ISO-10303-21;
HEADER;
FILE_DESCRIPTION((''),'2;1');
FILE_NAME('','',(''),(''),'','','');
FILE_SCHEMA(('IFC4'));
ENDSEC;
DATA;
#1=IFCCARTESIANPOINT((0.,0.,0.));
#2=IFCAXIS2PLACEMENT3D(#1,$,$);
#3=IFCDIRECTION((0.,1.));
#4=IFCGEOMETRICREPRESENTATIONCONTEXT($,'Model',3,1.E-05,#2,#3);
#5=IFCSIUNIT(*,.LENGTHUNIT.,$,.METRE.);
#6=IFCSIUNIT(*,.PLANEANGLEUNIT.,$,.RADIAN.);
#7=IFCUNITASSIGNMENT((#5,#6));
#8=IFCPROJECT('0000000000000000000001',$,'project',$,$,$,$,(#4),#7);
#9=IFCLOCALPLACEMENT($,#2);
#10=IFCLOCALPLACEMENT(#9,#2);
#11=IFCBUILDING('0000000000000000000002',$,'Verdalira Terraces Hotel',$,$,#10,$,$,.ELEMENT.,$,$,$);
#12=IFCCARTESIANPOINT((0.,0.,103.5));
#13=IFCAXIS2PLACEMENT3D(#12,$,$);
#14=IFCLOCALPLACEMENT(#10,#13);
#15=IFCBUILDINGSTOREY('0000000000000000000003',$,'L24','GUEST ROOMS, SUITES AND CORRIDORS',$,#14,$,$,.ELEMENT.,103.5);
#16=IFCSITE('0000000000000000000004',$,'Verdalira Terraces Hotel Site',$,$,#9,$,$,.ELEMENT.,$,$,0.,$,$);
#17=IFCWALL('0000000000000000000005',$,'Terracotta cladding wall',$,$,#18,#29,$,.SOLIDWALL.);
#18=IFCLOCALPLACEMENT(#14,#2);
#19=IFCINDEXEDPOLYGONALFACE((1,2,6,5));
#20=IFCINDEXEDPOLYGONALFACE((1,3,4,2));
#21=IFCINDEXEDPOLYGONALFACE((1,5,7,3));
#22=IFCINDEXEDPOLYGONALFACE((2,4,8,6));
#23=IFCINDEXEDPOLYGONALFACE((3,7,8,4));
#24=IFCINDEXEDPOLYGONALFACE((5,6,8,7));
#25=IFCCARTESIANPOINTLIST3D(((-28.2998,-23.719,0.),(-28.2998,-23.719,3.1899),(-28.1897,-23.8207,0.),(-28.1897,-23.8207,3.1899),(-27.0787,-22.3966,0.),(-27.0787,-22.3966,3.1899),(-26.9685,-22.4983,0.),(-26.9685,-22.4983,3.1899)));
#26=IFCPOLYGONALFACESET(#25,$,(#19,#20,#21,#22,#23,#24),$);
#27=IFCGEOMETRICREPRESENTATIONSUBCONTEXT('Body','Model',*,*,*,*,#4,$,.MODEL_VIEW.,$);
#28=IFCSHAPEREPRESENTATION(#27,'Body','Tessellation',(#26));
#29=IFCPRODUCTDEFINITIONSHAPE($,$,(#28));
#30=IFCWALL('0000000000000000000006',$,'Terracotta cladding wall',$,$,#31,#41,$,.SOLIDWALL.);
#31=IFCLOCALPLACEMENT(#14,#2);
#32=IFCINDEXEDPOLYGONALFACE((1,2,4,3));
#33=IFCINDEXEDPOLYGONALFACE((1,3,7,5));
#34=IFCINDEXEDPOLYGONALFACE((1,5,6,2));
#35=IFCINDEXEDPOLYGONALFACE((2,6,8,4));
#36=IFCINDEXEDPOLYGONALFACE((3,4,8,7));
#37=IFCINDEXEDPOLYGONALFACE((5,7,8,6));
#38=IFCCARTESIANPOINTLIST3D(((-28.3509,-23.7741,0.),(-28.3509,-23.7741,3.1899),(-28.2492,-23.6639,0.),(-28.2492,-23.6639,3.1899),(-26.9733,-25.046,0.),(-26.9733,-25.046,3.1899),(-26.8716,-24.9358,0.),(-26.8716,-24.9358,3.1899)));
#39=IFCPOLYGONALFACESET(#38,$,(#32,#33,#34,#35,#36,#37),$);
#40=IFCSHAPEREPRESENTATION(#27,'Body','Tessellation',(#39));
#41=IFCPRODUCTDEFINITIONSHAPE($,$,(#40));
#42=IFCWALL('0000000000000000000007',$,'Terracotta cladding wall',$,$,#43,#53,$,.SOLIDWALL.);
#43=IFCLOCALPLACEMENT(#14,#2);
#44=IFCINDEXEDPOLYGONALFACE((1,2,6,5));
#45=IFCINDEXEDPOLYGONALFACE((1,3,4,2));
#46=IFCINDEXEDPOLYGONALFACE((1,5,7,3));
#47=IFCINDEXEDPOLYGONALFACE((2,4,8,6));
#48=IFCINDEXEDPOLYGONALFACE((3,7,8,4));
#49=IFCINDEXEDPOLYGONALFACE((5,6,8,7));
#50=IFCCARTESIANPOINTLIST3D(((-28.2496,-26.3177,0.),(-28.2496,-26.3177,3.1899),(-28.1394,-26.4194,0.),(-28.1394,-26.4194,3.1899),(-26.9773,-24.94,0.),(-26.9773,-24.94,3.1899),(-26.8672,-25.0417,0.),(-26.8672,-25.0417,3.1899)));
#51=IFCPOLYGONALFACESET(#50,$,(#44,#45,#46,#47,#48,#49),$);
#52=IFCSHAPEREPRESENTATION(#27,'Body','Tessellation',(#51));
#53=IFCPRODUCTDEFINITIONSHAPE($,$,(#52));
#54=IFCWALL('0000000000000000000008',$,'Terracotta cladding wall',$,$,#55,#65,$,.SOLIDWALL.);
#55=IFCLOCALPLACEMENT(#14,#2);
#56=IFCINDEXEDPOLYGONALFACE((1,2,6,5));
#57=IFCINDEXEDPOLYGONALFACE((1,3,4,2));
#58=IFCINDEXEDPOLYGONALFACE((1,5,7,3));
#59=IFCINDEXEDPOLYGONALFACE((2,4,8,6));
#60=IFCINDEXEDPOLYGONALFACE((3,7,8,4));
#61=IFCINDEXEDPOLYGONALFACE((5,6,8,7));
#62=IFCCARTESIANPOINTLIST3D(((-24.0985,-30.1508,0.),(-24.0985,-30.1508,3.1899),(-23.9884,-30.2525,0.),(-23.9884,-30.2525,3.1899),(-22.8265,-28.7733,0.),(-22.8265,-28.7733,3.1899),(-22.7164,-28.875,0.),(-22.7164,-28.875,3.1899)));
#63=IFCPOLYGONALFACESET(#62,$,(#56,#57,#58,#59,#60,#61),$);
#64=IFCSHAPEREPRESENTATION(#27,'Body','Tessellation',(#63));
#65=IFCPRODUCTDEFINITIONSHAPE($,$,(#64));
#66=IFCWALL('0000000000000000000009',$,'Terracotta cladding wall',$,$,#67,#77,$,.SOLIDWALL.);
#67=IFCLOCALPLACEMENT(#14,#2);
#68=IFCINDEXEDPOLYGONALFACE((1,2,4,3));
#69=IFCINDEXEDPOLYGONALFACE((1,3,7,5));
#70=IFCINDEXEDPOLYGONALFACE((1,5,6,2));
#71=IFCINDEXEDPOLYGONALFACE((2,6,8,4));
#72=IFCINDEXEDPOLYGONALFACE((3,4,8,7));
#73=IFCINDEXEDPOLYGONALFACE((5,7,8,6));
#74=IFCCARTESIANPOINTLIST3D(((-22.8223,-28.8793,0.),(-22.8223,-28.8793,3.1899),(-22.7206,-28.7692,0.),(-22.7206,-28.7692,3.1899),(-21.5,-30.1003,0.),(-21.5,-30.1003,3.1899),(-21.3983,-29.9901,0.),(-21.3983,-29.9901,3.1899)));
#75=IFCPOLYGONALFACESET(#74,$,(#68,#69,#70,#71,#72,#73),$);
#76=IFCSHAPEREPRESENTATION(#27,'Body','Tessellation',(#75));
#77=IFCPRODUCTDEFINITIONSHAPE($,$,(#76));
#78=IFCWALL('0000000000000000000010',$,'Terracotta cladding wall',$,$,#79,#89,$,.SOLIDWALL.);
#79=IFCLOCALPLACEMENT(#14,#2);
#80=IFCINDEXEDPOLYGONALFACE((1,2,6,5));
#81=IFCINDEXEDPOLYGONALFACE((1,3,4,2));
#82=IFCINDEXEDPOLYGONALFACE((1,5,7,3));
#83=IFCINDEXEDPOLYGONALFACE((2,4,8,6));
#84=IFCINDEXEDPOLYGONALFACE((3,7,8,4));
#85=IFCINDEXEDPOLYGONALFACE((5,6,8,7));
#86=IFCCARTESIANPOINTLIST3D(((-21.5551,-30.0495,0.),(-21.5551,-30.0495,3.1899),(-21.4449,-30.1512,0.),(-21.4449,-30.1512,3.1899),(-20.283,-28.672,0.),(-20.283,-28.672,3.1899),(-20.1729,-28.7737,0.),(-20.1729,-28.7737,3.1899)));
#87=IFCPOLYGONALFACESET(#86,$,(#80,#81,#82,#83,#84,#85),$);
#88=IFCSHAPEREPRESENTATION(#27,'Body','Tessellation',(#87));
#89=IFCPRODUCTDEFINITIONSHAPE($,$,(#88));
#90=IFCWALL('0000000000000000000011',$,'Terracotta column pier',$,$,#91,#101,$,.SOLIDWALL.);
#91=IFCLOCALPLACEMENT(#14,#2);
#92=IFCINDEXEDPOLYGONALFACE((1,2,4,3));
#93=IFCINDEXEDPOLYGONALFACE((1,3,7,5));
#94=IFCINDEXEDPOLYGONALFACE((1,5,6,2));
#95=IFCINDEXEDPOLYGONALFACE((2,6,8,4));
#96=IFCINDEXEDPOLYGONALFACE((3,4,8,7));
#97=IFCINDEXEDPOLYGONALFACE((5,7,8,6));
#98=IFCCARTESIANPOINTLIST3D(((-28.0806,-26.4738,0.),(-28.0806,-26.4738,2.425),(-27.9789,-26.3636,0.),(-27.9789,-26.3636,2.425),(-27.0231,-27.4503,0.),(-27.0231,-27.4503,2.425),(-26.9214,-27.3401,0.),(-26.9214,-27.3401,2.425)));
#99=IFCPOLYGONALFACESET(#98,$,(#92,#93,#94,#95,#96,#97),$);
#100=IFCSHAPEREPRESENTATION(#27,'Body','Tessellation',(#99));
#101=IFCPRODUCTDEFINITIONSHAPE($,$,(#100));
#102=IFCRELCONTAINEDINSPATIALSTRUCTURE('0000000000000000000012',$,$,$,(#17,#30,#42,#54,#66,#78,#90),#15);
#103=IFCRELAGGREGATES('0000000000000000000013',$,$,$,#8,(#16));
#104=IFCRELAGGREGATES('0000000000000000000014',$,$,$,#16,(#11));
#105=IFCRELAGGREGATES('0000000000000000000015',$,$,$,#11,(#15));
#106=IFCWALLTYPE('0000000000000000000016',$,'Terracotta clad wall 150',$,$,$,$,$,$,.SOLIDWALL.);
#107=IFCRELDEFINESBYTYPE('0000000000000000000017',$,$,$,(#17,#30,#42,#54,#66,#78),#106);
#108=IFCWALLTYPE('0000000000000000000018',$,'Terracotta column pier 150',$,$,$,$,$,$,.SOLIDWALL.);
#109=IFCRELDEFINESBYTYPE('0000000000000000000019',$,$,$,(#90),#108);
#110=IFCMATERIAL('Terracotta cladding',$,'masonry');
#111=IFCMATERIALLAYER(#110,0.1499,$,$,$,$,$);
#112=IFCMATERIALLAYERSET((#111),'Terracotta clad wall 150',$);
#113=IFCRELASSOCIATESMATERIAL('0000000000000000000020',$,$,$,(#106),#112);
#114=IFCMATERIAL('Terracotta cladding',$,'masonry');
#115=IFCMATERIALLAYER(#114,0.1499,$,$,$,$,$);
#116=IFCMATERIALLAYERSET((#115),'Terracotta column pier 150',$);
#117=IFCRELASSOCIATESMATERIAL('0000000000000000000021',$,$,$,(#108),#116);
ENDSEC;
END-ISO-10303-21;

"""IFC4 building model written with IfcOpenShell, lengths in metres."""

from ifc_helpers import new_model, si_unit, direction, frame, frame_2d, origin, place, context, subcontext, project, spatial, rectangle, extrude, material, layer, layer_set, type_object, element, save


model = new_model("IFC4")

# Units and contexts
model_context = context("Model", 3, precision=1e-05, world=origin(), true_north=direction((0.0, 1.0)))
body_context = subcontext(model_context, "Body", "Model", "MODEL_VIEW")
ifc_project = project(units=[si_unit("LENGTHUNIT", "METRE"), si_unit("PLANEANGLEUNIT", "RADIAN")], contexts=[model_context])

# Site, building, storey
site_placement = place(None, origin())
site = spatial("IfcSite", under=ifc_project, at=site_placement, Name="Verdalira Terraces Hotel Site", CompositionType="ELEMENT", RefElevation=0.0)
building_placement = place(site_placement, origin())
building = spatial("IfcBuilding", under=site, at=building_placement, Name="Verdalira Terraces Hotel", CompositionType="ELEMENT")
storey_placement = place(building_placement, frame((0.0, 0.0, 103.5)))
storey = spatial("IfcBuildingStorey", under=building, at=storey_placement, Name="L24", Description="GUEST ROOMS, SUITES AND CORRIDORS", CompositionType="ELEMENT", Elevation=103.5)

# Walls
ifc_material_1 = material(Name="Terracotta cladding", Category="masonry")
ifc_layer_1 = layer(ifc_material_1, 0.1499)
ifc_layer_set_1 = layer_set([ifc_layer_1], Name="Terracotta clad wall 150")
wall_type_1 = type_object("IfcWallType", Name="Terracotta clad wall 150", PredefinedType="SOLIDWALL", material=ifc_layer_set_1)
wall_1_placement = place(storey_placement, frame((-27.0237, -22.4475, 0.0), z_axis=(0.0, 0.0, 1.0), x_axis=(-0.678404, -0.734689, 0.0)))
element("IfcWall", 1, at=wall_1_placement, inside=storey, type_object=wall_type_1, Name="Terracotta cladding wall", PredefinedType="SOLIDWALL", context=body_context, shape_type="SweptSolid", body=[
    extrude(rectangle(XDim=1.8, YDim=0.1499, at=frame_2d((0.8999, 0.0))), origin(), (0.0, 0.0, 1.0), 3.1899),
])
wall_2_placement = place(storey_placement, frame((-28.3, -23.719, 0.0), z_axis=(0.0, 0.0, 1.0), x_axis=(0.734734, -0.678356, 0.0)))
element("IfcWall", 2, at=wall_2_placement, inside=storey, type_object=wall_type_1, Name="Terracotta cladding wall", PredefinedType="SOLIDWALL", context=body_context, shape_type="SweptSolid", body=[
    extrude(rectangle(XDim=1.875, YDim=0.1499, at=frame_2d((0.9375, 0.0))), origin(), (0.0, 0.0, 1.0), 3.1899),
])
wall_3_placement = place(storey_placement, frame((-26.9224, -24.991, 0.0), z_axis=(0.0, 0.0, 1.0), x_axis=(-0.678426, -0.734669, 0.0)))
element("IfcWall", 3, at=wall_3_placement, inside=storey, type_object=wall_type_1, Name="Terracotta cladding wall", PredefinedType="SOLIDWALL", context=body_context, shape_type="SweptSolid", body=[
    extrude(rectangle(XDim=1.8752, YDim=0.1499, at=frame_2d((0.9375, 0.0))), origin(), (0.0, 0.0, 1.0), 3.1899),
])
wall_4_placement = place(storey_placement, frame((-24.0435, -30.2017, 0.0), z_axis=(0.0, 0.0, 1.0), x_axis=(0.678421, 0.734674, 0.0)))
element("IfcWall", 4, at=wall_4_placement, inside=storey, type_object=wall_type_1, Name="Terracotta cladding wall", PredefinedType="SOLIDWALL", context=body_context, shape_type="SweptSolid", body=[
    extrude(rectangle(XDim=1.875, YDim=0.1499, at=frame_2d((0.9375, 0.0))), origin(), (0.0, 0.0, 1.0), 3.1899),
])
wall_5_placement = place(storey_placement, frame((-22.7715, -28.8242, 0.0), z_axis=(0.0, 0.0, 1.0), x_axis=(0.734694, -0.678398, 0.0)))
element("IfcWall", 5, at=wall_5_placement, inside=storey, type_object=wall_type_1, Name="Terracotta cladding wall", PredefinedType="SOLIDWALL", context=body_context, shape_type="SweptSolid", body=[
    extrude(rectangle(XDim=1.7998, YDim=0.1499, at=frame_2d((0.8999, 0.0))), origin(), (0.0, 0.0, 1.0), 3.1899),
])
wall_6_placement = place(storey_placement, frame((-21.5, -30.1003, 0.0), z_axis=(0.0, 0.0, 1.0), x_axis=(0.678421, 0.734674, 0.0)))
element("IfcWall", 6, at=wall_6_placement, inside=storey, type_object=wall_type_1, Name="Terracotta cladding wall", PredefinedType="SOLIDWALL", context=body_context, shape_type="SweptSolid", body=[
    extrude(rectangle(XDim=1.875, YDim=0.1499, at=frame_2d((0.9375, 0.0))), origin(), (0.0, 0.0, 1.0), 3.1899),
])
ifc_material_2 = material(Name="Terracotta cladding", Category="masonry")
ifc_layer_2 = layer(ifc_material_2, 0.1499)
ifc_layer_set_2 = layer_set([ifc_layer_2], Name="Terracotta column pier 150")
wall_type_2 = type_object("IfcWallType", Name="Terracotta column pier 150", PredefinedType="SOLIDWALL", material=ifc_layer_set_2)
wall_7_placement = place(storey_placement, frame((-28.0298, -26.4187, 0.0), z_axis=(0.0, 0.0, 1.0), x_axis=(0.734699, -0.678393, 0.0)))
element("IfcWall", 7, at=wall_7_placement, inside=storey, type_object=wall_type_2, Name="Terracotta column pier", PredefinedType="SOLIDWALL", context=body_context, shape_type="SweptSolid", body=[
    extrude(rectangle(XDim=1.4395, YDim=0.1499, at=frame_2d((0.7197, 0.0))), origin(), (0.0, 0.0, 1.0), 2.425),
])

save(model, "model.ifc")
